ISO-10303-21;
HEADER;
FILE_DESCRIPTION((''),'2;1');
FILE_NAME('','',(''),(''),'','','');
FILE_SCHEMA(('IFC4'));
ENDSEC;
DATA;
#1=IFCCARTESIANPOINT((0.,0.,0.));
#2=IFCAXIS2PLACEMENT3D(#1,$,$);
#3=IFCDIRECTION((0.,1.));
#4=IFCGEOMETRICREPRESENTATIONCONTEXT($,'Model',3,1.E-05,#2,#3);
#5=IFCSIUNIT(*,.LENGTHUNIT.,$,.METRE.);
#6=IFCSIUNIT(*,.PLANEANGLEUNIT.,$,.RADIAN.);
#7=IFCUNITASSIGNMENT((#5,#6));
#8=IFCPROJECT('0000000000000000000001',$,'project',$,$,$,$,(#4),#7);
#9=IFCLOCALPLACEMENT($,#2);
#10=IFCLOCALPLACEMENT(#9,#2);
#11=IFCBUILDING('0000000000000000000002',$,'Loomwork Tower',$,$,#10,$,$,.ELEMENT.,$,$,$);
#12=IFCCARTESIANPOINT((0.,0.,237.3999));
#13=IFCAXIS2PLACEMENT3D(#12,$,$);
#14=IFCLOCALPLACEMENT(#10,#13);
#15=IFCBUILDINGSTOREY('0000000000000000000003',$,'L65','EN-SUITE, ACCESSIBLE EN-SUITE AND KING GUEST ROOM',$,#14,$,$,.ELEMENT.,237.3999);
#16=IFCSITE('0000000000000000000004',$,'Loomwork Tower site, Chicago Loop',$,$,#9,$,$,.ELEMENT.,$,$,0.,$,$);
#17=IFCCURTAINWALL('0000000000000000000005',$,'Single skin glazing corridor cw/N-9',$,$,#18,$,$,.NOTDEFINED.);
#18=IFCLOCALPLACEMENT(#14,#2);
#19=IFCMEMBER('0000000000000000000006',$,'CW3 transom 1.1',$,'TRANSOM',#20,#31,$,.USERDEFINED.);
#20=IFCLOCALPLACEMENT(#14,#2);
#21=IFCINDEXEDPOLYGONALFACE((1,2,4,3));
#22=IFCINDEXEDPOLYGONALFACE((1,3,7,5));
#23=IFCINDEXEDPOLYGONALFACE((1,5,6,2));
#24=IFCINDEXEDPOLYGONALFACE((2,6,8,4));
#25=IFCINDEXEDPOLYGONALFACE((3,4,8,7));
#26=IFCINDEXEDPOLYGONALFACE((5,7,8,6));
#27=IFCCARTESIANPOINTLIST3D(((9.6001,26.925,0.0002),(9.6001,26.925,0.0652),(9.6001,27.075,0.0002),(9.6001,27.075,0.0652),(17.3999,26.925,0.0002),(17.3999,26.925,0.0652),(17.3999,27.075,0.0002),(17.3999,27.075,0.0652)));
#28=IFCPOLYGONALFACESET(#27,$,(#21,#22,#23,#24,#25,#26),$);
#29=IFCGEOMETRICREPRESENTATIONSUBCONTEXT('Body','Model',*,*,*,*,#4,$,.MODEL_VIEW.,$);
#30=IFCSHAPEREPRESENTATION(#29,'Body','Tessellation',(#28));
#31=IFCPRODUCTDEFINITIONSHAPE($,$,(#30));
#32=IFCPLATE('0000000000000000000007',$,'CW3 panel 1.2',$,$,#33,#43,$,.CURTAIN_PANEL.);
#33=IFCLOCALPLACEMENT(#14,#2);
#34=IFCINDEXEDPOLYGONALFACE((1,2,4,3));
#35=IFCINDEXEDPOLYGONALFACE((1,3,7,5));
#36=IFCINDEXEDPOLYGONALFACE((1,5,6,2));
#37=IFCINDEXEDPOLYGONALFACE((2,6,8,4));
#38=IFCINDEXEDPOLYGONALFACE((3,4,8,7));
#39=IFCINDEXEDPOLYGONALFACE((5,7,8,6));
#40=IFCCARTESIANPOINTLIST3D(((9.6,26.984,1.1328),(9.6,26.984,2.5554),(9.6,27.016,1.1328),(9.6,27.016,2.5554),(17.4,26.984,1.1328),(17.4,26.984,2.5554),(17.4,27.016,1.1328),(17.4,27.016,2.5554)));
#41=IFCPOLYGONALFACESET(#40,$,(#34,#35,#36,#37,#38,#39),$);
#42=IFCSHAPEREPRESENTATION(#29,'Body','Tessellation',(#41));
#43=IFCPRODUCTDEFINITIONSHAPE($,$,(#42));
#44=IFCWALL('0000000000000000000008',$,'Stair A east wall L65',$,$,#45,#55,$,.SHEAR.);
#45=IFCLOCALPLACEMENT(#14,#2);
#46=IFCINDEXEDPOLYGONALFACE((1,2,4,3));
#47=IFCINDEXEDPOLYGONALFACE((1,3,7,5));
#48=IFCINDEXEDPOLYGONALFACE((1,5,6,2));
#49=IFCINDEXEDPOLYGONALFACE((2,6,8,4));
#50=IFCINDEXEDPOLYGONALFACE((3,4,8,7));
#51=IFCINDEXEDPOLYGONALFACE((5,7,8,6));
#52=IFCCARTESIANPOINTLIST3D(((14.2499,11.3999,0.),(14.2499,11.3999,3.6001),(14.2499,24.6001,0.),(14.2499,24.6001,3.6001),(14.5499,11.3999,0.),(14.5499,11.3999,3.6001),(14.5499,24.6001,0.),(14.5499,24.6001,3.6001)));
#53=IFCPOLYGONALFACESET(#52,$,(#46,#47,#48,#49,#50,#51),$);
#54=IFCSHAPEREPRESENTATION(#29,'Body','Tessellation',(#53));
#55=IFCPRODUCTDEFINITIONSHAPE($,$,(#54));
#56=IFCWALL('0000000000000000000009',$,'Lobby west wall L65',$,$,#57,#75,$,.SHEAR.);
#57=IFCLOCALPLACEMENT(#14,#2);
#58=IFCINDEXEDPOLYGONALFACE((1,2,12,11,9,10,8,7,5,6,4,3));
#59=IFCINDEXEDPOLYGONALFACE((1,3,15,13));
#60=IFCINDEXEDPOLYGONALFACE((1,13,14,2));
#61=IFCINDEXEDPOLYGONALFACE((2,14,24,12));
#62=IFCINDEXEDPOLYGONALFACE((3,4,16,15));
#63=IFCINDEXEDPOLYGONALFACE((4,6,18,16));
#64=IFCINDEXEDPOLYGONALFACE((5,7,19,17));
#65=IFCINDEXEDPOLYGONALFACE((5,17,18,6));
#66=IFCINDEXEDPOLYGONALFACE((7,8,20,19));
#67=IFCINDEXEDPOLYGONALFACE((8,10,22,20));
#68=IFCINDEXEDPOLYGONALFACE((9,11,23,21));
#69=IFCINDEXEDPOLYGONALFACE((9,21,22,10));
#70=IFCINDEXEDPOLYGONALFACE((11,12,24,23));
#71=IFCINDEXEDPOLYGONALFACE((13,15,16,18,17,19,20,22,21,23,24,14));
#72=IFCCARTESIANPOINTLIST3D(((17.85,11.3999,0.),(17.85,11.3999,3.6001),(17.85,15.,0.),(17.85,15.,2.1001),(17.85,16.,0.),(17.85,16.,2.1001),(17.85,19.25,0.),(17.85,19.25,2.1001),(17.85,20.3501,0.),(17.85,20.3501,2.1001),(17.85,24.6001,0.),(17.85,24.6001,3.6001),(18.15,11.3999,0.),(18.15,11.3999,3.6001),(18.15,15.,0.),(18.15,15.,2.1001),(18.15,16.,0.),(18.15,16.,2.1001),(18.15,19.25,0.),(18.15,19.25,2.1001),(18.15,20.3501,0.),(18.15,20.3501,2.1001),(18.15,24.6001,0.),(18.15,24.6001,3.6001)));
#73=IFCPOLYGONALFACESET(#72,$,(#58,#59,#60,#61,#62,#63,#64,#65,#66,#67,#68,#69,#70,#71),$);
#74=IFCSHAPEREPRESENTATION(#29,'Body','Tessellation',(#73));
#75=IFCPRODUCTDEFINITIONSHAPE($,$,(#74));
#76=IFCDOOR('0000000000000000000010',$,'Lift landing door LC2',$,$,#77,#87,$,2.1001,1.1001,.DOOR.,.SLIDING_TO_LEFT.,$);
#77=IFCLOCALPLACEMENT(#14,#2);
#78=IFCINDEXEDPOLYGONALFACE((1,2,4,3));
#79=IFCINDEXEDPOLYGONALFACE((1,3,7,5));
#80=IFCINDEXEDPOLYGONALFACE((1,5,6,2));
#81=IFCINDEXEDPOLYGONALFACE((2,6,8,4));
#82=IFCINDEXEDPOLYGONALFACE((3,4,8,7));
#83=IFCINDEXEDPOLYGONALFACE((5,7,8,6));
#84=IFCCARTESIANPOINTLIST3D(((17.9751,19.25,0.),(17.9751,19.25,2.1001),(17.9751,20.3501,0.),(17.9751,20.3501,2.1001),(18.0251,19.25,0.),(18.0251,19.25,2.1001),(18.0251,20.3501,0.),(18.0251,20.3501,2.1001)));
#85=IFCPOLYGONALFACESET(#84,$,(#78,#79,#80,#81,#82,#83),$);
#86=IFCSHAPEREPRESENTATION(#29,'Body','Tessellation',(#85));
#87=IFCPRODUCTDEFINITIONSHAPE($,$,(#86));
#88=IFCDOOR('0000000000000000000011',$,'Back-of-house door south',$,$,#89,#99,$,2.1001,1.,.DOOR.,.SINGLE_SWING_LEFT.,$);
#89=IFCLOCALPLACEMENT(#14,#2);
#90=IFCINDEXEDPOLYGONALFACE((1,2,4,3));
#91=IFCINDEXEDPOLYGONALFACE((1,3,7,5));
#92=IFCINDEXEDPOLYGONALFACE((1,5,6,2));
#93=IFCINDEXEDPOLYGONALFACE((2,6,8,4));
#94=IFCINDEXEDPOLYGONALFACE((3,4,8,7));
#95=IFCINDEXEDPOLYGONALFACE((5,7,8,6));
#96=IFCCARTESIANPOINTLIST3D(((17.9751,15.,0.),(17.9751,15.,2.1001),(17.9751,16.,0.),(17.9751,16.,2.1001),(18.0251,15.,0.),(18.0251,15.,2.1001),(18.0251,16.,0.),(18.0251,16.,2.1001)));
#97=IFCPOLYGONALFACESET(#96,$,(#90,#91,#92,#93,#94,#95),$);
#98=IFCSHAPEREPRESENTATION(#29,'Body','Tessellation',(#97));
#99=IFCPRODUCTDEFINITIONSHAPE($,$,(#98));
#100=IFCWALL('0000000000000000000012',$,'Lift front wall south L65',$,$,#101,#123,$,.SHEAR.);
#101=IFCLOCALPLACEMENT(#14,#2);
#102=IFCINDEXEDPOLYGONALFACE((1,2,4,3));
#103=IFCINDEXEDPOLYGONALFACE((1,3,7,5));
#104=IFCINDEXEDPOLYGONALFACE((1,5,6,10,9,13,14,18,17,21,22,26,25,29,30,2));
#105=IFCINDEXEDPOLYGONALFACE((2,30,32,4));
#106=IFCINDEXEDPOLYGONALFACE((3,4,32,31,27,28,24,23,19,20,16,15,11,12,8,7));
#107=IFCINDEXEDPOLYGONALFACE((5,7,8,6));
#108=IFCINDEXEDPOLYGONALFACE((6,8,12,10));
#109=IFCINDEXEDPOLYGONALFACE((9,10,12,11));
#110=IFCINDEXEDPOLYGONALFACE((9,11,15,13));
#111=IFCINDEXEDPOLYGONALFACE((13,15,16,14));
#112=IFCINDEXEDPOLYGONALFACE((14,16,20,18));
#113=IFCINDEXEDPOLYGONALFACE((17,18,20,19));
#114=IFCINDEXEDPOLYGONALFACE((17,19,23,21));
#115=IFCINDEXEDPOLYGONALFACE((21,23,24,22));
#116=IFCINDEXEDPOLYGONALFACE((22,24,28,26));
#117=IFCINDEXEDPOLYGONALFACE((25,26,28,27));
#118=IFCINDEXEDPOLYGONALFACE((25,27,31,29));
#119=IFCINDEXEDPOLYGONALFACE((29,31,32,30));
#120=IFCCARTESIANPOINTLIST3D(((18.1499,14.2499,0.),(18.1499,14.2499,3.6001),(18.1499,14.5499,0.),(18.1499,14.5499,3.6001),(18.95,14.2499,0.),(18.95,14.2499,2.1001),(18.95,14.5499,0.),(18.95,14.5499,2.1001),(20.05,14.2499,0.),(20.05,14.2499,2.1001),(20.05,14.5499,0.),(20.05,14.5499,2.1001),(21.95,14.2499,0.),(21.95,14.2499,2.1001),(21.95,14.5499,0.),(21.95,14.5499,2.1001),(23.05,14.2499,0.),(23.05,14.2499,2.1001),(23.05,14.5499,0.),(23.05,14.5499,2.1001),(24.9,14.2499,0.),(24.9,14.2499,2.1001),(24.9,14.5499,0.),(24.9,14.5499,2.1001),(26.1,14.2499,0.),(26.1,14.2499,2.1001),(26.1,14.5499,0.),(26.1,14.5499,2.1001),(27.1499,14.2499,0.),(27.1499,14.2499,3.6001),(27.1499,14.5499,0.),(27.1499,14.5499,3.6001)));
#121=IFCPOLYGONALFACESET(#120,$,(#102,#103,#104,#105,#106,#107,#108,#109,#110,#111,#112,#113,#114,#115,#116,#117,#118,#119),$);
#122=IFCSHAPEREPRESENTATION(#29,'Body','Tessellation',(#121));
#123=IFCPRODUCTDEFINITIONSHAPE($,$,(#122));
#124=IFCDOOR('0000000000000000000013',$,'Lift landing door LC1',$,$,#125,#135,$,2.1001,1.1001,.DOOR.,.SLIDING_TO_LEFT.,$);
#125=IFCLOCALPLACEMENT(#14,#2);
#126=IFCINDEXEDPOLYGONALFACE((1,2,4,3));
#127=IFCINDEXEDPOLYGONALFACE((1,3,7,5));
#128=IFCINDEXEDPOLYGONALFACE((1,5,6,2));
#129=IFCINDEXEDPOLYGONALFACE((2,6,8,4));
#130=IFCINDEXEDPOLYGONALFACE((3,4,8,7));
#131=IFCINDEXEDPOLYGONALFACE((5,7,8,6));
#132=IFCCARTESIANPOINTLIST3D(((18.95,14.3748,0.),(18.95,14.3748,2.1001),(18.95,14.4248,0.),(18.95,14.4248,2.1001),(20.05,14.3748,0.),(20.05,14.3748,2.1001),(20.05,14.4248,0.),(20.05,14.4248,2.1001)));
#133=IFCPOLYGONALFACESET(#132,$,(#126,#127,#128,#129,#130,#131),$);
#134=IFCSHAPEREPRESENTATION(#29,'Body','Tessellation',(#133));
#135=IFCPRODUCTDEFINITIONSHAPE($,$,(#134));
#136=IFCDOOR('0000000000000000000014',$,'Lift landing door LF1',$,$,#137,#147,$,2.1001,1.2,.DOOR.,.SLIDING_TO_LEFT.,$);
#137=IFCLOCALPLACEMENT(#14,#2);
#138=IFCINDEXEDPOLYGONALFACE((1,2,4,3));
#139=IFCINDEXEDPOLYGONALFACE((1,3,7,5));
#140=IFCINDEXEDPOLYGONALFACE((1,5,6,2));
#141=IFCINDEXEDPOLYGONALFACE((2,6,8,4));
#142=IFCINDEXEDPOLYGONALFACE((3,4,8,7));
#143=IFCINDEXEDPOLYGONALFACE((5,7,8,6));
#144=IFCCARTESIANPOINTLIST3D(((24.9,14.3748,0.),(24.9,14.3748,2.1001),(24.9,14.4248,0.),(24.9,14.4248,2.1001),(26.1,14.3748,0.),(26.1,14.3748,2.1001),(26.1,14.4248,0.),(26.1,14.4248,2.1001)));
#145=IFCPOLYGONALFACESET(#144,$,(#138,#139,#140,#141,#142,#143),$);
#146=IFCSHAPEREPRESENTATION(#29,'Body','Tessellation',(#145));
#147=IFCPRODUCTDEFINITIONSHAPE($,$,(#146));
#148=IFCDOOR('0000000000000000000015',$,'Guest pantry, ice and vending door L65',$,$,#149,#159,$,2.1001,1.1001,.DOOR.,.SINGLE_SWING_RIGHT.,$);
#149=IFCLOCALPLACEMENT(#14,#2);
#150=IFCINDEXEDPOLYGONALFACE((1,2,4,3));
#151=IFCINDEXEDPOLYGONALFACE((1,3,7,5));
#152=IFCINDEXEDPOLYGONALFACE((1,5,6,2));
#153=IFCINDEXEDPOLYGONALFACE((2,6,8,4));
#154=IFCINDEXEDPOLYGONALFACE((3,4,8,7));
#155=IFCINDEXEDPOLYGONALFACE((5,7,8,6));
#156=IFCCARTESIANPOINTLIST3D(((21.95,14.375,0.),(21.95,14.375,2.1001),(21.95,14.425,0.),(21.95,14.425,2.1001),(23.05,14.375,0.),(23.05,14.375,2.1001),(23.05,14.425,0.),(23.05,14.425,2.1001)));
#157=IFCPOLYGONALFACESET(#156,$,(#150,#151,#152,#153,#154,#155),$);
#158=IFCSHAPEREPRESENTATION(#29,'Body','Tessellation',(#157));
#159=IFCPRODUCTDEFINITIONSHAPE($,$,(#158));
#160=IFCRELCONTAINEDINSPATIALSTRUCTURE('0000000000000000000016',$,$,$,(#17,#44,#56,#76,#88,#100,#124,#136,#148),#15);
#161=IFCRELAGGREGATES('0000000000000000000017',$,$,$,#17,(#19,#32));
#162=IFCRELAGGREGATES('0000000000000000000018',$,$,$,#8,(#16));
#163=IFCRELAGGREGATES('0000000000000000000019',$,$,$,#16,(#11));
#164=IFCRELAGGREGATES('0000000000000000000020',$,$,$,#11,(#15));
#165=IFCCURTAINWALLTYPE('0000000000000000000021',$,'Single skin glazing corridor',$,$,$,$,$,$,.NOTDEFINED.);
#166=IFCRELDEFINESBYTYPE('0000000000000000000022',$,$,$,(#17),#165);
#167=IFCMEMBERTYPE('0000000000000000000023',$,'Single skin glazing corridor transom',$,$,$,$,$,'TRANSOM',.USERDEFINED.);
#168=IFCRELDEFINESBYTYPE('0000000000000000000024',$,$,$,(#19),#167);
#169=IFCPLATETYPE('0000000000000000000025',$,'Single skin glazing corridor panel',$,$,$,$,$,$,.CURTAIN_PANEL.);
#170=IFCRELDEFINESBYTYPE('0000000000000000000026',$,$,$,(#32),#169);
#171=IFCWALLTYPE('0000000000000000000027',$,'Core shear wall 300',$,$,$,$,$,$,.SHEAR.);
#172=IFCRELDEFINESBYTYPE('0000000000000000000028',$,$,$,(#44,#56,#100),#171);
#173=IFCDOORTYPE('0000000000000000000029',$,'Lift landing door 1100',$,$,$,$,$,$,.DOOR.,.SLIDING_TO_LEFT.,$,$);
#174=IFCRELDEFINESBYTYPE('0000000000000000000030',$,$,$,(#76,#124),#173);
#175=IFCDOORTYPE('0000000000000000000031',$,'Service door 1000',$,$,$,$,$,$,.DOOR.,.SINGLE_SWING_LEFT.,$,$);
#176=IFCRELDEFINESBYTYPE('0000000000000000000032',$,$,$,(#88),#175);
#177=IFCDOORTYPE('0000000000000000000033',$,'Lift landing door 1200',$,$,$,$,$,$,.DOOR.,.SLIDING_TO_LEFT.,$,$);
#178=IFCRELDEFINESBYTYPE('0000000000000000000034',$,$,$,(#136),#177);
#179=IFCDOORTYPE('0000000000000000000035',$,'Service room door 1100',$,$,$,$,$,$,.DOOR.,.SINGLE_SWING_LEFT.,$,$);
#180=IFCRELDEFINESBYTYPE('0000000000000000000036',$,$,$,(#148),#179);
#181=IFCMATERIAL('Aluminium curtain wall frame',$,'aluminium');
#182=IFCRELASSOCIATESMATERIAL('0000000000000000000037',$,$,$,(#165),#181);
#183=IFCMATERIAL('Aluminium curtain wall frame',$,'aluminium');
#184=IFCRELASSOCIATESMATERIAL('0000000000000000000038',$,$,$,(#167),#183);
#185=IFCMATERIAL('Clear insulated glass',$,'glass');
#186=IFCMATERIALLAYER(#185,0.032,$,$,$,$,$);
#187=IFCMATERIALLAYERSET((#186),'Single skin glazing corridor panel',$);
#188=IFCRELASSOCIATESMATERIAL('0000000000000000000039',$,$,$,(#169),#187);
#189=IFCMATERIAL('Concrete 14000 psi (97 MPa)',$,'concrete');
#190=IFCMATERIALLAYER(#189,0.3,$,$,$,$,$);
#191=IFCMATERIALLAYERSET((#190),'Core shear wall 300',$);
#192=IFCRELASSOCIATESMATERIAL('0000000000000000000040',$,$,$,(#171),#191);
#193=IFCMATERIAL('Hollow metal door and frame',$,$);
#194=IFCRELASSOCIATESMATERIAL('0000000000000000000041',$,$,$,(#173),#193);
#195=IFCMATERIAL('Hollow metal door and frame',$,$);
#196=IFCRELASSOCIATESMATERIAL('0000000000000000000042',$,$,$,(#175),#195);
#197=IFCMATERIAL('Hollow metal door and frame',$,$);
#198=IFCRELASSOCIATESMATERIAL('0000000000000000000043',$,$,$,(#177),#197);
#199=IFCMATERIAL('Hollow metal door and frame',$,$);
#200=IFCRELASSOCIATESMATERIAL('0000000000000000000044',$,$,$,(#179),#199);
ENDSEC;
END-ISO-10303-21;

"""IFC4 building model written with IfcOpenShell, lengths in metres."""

from ifc_helpers import new_model, si_unit, direction, frame, frame_2d, origin, origin_2d, place, context, subcontext, project, spatial, rectangle, extrude, material, layer, layer_set, material_profile, profile_set, type_object, element, fill, aggregate, save


model = new_model("IFC4")

# Units and contexts
model_context = context("Model", 3, precision=1e-05, world=origin(), true_north=direction((0.0, 1.0)))
body_context = subcontext(model_context, "Body", "Model", "MODEL_VIEW")
ifc_project = project(units=[si_unit("LENGTHUNIT", "METRE"), si_unit("PLANEANGLEUNIT", "RADIAN")], contexts=[model_context])

# Site, building, storey
site_placement = place(None, origin())
site = spatial("IfcSite", under=ifc_project, at=site_placement, Name="Loomwork Tower site, Chicago Loop", CompositionType="ELEMENT", RefElevation=0.0)
building_placement = place(site_placement, origin())
building = spatial("IfcBuilding", under=site, at=building_placement, Name="Loomwork Tower", CompositionType="ELEMENT")
storey_placement = place(building_placement, frame((0.0, 0.0, 237.3999)))
storey = spatial("IfcBuildingStorey", under=building, at=storey_placement, Name="L65", Description="EN-SUITE, ACCESSIBLE EN-SUITE AND KING GUEST ROOM", CompositionType="ELEMENT", Elevation=237.3999)

# Curtain wall, member, plate
ifc_material_1 = material(Name="Aluminium curtain wall frame", Category="aluminium")
curtain_wall_type = type_object("IfcCurtainWallType", Name="Single skin glazing corridor", PredefinedType="NOTDEFINED", material=ifc_material_1)
curtain_wall_placement = place(storey_placement, origin())
curtain_wall = element("IfcCurtainWall", 1, at=curtain_wall_placement, inside=storey, type_object=curtain_wall_type, Name="Single skin glazing corridor cw/N-9", PredefinedType="NOTDEFINED")
ifc_material_2 = material(Name="Aluminium curtain wall frame", Category="aluminium")
ifc_material_profile = material_profile(ifc_material_2, rectangle(XDim=0.1499, YDim=0.0649, at=origin_2d()), Name="AL 65x150")
ifc_profile_set = profile_set([ifc_material_profile], Name="Aluminium curtain wall frame")
member_type = type_object("IfcMemberType", Name="Single skin glazing corridor transom", ElementType="TRANSOM", PredefinedType="USERDEFINED", material=ifc_profile_set)
member_placement = place(storey_placement, frame((17.3999, 27.0, 0.0327), z_axis=(-1.0, 0.0, 0.0), x_axis=(0.0, -1.0, 0.0)))
member = element("IfcMember", 2, at=member_placement, type_object=member_type, Name="CW3 transom 1.1", ObjectType="TRANSOM", PredefinedType="USERDEFINED", context=body_context, shape_type="SweptSolid", body=[
    extrude(rectangle(XDim=0.1499, YDim=0.0649, at=origin_2d()), origin(), (0.0, 0.0, 1.0), 7.7998),
])
ifc_material_3 = material(Name="Clear insulated glass", Category="glass")
ifc_layer_1 = layer(ifc_material_3, 0.032)
ifc_layer_set_1 = layer_set([ifc_layer_1], Name="Single skin glazing corridor panel")
plate_type = type_object("IfcPlateType", Name="Single skin glazing corridor panel", PredefinedType="CURTAIN_PANEL", material=ifc_layer_set_1)
plate_placement = place(storey_placement, frame((13.5, 27.0, 1.1328), z_axis=(0.0, 0.0, 1.0), x_axis=(-1.0, 0.0, 0.0)))
plate = element("IfcPlate", 3, at=plate_placement, type_object=plate_type, Name="CW3 panel 1.2", PredefinedType="CURTAIN_PANEL", context=body_context, shape_type="SweptSolid", body=[
    extrude(rectangle(XDim=7.8, YDim=0.032, at=origin_2d()), origin(), (0.0, 0.0, 1.0), 1.4226),
])
aggregate(curtain_wall, [member, plate])

# Wall
ifc_material_4 = material(Name="Concrete 14000 psi (97 MPa)", Category="concrete")
ifc_layer_2 = layer(ifc_material_4, 0.3)
ifc_layer_set_2 = layer_set([ifc_layer_2], Name="Core shear wall 300")
wall_type_1 = type_object("IfcWallType", Name="Core shear wall 300", PredefinedType="SHEAR", material=ifc_layer_set_2)
wall_1_placement = place(storey_placement, frame((14.3999, 11.3999, 0.0), z_axis=(0.0, 0.0, 1.0), x_axis=(0.0, 1.0, 0.0)))
element("IfcWall", 4, at=wall_1_placement, inside=storey, type_object=wall_type_1, Name="Stair A east wall L65", PredefinedType="SHEAR", context=body_context, shape_type="SweptSolid", body=[
    extrude(rectangle(XDim=13.2002, YDim=0.3, at=frame_2d((6.6001, 0.0))), origin(), (0.0, 0.0, 1.0), 3.6001),
])

# Walls, openings, doors
wall_2_placement = place(storey_placement, frame((18.0, 11.3999, 0.0), z_axis=(0.0, 0.0, 1.0), x_axis=(0.0, 1.0, 0.0)))
wall_2 = element("IfcWall", 5, at=wall_2_placement, inside=storey, type_object=wall_type_1, Name="Lobby west wall L65", PredefinedType="SHEAR", context=body_context, shape_type="SweptSolid", body=[
    extrude(rectangle(XDim=13.2002, YDim=0.3, at=frame_2d((6.6001, 0.0))), origin(), (0.0, 0.0, 1.0), 3.6001),
])
opening_1_placement = place(wall_2_placement, frame((3.6001, 0.0, 0.0)))
opening_1 = element("IfcOpeningElement", 6, at=opening_1_placement, cuts=wall_2, PredefinedType="OPENING", context=body_context, shape_type="SweptSolid", body=[
    extrude(rectangle(XDim=1.0, YDim=2.1001, at=frame_2d((0.5, 1.05))), frame((0.0, 0.1599, 0.0), z_axis=(0.0, -1.0, 0.0), x_axis=(1.0, 0.0, 0.0)), (0.0, 0.0, 1.0), 0.3201),
])
opening_2_placement = place(wall_2_placement, frame((7.8501, 0.0, 0.0)))
opening_2 = element("IfcOpeningElement", 7, at=opening_2_placement, cuts=wall_2, PredefinedType="OPENING", context=body_context, shape_type="SweptSolid", body=[
    extrude(rectangle(XDim=1.1001, YDim=2.1001, at=frame_2d((0.55, 1.05))), frame((0.0, 0.1599, 0.0), z_axis=(0.0, -1.0, 0.0), x_axis=(1.0, 0.0, 0.0)), (0.0, 0.0, 1.0), 0.3201),
])
ifc_material_5 = material(Name="Hollow metal door and frame")
door_type_1 = type_object("IfcDoorType", Name="Lift landing door 1100", OperationType="SLIDING_TO_LEFT", PredefinedType="DOOR", material=ifc_material_5)
door_1_placement = place(opening_2_placement, origin())
door_1 = element("IfcDoor", 8, at=door_1_placement, inside=storey, type_object=door_type_1, Name="Lift landing door LC2", OperationType="SLIDING_TO_LEFT", OverallHeight=2.1001, OverallWidth=1.1001, PredefinedType="DOOR", context=body_context, shape_type="SweptSolid", body=[
    extrude(rectangle(XDim=1.1001, YDim=2.1001, at=frame_2d((0.55, 1.05))), frame((0.0, 0.0249, 0.0), z_axis=(0.0, -1.0, 0.0), x_axis=(1.0, 0.0, 0.0)), (0.0, 0.0, 1.0), 0.05),
])
fill(opening_2, door_1)
ifc_material_6 = material(Name="Hollow metal door and frame")
door_type_2 = type_object("IfcDoorType", Name="Service door 1000", OperationType="SINGLE_SWING_LEFT", PredefinedType="DOOR", material=ifc_material_6)
door_2_placement = place(opening_1_placement, origin())
door_2 = element("IfcDoor", 9, at=door_2_placement, inside=storey, type_object=door_type_2, Name="Back-of-house door south", OperationType="SINGLE_SWING_LEFT", OverallHeight=2.1001, OverallWidth=1.0, PredefinedType="DOOR", context=body_context, shape_type="SweptSolid", body=[
    extrude(rectangle(XDim=1.0, YDim=2.1001, at=frame_2d((0.5, 1.05))), frame((0.0, 0.0249, 0.0), z_axis=(0.0, -1.0, 0.0), x_axis=(1.0, 0.0, 0.0)), (0.0, 0.0, 1.0), 0.05),
])
fill(opening_1, door_2)
wall_3_placement = place(storey_placement, frame((18.1499, 14.3999, 0.0), z_axis=(0.0, 0.0, 1.0), x_axis=(1.0, 0.0, 0.0)))
wall_3 = element("IfcWall", 10, at=wall_3_placement, inside=storey, type_object=wall_type_1, Name="Lift front wall south L65", PredefinedType="SHEAR", context=body_context, shape_type="SweptSolid", body=[
    extrude(rectangle(XDim=9.0, YDim=0.3, at=frame_2d((4.5, 0.0))), origin(), (0.0, 0.0, 1.0), 3.6001),
])
opening_3_placement = place(wall_3_placement, frame((0.8, 0.0, 0.0)))
opening_3 = element("IfcOpeningElement", 11, at=opening_3_placement, cuts=wall_3, PredefinedType="OPENING", context=body_context, shape_type="SweptSolid", body=[
    extrude(rectangle(XDim=1.1001, YDim=2.1001, at=frame_2d((0.55, 1.05))), frame((0.0, 0.1599, 0.0), z_axis=(0.0, -1.0, 0.0), x_axis=(1.0, 0.0, 0.0)), (0.0, 0.0, 1.0), 0.3201),
])
opening_4_placement = place(wall_3_placement, frame((6.75, 0.0, 0.0)))
opening_4 = element("IfcOpeningElement", 12, at=opening_4_placement, cuts=wall_3, PredefinedType="OPENING", context=body_context, shape_type="SweptSolid", body=[
    extrude(rectangle(XDim=1.2, YDim=2.1001, at=frame_2d((0.6001, 1.05))), frame((0.0, 0.1599, 0.0), z_axis=(0.0, -1.0, 0.0), x_axis=(1.0, 0.0, 0.0)), (0.0, 0.0, 1.0), 0.3201),
])
opening_5_placement = place(wall_3_placement, frame((3.8, 0.0, 0.0)))
opening_5 = element("IfcOpeningElement", 13, at=opening_5_placement, cuts=wall_3, PredefinedType="OPENING", context=body_context, shape_type="SweptSolid", body=[
    extrude(rectangle(XDim=1.1001, YDim=2.1001, at=frame_2d((0.55, 1.05))), frame((0.0, 0.1599, 0.0), z_axis=(0.0, -1.0, 0.0), x_axis=(1.0, 0.0, 0.0)), (0.0, 0.0, 1.0), 0.3201),
])
door_3_placement = place(opening_3_placement, origin())
door_3 = element("IfcDoor", 14, at=door_3_placement, inside=storey, type_object=door_type_1, Name="Lift landing door LC1", OperationType="SLIDING_TO_LEFT", OverallHeight=2.1001, OverallWidth=1.1001, PredefinedType="DOOR", context=body_context, shape_type="SweptSolid", body=[
    extrude(rectangle(XDim=1.1001, YDim=2.1001, at=frame_2d((0.55, 1.05))), frame((0.0, 0.0249, 0.0), z_axis=(0.0, -1.0, 0.0), x_axis=(1.0, 0.0, 0.0)), (0.0, 0.0, 1.0), 0.05),
])
fill(opening_3, door_3)
ifc_material_7 = material(Name="Hollow metal door and frame")
door_type_3 = type_object("IfcDoorType", Name="Lift landing door 1200", OperationType="SLIDING_TO_LEFT", PredefinedType="DOOR", material=ifc_material_7)
door_4_placement = place(opening_4_placement, origin())
door_4 = element("IfcDoor", 15, at=door_4_placement, inside=storey, type_object=door_type_3, Name="Lift landing door LF1", OperationType="SLIDING_TO_LEFT", OverallHeight=2.1001, OverallWidth=1.2, PredefinedType="DOOR", context=body_context, shape_type="SweptSolid", body=[
    extrude(rectangle(XDim=1.2, YDim=2.1001, at=frame_2d((0.6001, 1.05))), frame((0.0, 0.0249, 0.0), z_axis=(0.0, -1.0, 0.0), x_axis=(1.0, 0.0, 0.0)), (0.0, 0.0, 1.0), 0.05),
])
fill(opening_4, door_4)
ifc_material_8 = material(Name="Hollow metal door and frame")
door_type_4 = type_object("IfcDoorType", Name="Service room door 1100", OperationType="SINGLE_SWING_LEFT", PredefinedType="DOOR", material=ifc_material_8)
door_5_placement = place(opening_5_placement, frame((1.1001, 0.0, 0.0), z_axis=(0.0, 0.0, 1.0), x_axis=(-1.0, 0.0, 0.0)))
door_5 = element("IfcDoor", 16, at=door_5_placement, inside=storey, type_object=door_type_4, Name="Guest pantry, ice and vending door L65", OperationType="SINGLE_SWING_RIGHT", OverallHeight=2.1001, OverallWidth=1.1001, PredefinedType="DOOR", context=body_context, shape_type="SweptSolid", body=[
    extrude(rectangle(XDim=1.1001, YDim=2.1001, at=frame_2d((0.55, 1.05))), frame((0.0, 0.0249, 0.0), z_axis=(0.0, -1.0, 0.0), x_axis=(1.0, 0.0, 0.0)), (0.0, 0.0, 1.0), 0.05),
])
fill(opening_5, door_5)

save(model, "model.ifc")
